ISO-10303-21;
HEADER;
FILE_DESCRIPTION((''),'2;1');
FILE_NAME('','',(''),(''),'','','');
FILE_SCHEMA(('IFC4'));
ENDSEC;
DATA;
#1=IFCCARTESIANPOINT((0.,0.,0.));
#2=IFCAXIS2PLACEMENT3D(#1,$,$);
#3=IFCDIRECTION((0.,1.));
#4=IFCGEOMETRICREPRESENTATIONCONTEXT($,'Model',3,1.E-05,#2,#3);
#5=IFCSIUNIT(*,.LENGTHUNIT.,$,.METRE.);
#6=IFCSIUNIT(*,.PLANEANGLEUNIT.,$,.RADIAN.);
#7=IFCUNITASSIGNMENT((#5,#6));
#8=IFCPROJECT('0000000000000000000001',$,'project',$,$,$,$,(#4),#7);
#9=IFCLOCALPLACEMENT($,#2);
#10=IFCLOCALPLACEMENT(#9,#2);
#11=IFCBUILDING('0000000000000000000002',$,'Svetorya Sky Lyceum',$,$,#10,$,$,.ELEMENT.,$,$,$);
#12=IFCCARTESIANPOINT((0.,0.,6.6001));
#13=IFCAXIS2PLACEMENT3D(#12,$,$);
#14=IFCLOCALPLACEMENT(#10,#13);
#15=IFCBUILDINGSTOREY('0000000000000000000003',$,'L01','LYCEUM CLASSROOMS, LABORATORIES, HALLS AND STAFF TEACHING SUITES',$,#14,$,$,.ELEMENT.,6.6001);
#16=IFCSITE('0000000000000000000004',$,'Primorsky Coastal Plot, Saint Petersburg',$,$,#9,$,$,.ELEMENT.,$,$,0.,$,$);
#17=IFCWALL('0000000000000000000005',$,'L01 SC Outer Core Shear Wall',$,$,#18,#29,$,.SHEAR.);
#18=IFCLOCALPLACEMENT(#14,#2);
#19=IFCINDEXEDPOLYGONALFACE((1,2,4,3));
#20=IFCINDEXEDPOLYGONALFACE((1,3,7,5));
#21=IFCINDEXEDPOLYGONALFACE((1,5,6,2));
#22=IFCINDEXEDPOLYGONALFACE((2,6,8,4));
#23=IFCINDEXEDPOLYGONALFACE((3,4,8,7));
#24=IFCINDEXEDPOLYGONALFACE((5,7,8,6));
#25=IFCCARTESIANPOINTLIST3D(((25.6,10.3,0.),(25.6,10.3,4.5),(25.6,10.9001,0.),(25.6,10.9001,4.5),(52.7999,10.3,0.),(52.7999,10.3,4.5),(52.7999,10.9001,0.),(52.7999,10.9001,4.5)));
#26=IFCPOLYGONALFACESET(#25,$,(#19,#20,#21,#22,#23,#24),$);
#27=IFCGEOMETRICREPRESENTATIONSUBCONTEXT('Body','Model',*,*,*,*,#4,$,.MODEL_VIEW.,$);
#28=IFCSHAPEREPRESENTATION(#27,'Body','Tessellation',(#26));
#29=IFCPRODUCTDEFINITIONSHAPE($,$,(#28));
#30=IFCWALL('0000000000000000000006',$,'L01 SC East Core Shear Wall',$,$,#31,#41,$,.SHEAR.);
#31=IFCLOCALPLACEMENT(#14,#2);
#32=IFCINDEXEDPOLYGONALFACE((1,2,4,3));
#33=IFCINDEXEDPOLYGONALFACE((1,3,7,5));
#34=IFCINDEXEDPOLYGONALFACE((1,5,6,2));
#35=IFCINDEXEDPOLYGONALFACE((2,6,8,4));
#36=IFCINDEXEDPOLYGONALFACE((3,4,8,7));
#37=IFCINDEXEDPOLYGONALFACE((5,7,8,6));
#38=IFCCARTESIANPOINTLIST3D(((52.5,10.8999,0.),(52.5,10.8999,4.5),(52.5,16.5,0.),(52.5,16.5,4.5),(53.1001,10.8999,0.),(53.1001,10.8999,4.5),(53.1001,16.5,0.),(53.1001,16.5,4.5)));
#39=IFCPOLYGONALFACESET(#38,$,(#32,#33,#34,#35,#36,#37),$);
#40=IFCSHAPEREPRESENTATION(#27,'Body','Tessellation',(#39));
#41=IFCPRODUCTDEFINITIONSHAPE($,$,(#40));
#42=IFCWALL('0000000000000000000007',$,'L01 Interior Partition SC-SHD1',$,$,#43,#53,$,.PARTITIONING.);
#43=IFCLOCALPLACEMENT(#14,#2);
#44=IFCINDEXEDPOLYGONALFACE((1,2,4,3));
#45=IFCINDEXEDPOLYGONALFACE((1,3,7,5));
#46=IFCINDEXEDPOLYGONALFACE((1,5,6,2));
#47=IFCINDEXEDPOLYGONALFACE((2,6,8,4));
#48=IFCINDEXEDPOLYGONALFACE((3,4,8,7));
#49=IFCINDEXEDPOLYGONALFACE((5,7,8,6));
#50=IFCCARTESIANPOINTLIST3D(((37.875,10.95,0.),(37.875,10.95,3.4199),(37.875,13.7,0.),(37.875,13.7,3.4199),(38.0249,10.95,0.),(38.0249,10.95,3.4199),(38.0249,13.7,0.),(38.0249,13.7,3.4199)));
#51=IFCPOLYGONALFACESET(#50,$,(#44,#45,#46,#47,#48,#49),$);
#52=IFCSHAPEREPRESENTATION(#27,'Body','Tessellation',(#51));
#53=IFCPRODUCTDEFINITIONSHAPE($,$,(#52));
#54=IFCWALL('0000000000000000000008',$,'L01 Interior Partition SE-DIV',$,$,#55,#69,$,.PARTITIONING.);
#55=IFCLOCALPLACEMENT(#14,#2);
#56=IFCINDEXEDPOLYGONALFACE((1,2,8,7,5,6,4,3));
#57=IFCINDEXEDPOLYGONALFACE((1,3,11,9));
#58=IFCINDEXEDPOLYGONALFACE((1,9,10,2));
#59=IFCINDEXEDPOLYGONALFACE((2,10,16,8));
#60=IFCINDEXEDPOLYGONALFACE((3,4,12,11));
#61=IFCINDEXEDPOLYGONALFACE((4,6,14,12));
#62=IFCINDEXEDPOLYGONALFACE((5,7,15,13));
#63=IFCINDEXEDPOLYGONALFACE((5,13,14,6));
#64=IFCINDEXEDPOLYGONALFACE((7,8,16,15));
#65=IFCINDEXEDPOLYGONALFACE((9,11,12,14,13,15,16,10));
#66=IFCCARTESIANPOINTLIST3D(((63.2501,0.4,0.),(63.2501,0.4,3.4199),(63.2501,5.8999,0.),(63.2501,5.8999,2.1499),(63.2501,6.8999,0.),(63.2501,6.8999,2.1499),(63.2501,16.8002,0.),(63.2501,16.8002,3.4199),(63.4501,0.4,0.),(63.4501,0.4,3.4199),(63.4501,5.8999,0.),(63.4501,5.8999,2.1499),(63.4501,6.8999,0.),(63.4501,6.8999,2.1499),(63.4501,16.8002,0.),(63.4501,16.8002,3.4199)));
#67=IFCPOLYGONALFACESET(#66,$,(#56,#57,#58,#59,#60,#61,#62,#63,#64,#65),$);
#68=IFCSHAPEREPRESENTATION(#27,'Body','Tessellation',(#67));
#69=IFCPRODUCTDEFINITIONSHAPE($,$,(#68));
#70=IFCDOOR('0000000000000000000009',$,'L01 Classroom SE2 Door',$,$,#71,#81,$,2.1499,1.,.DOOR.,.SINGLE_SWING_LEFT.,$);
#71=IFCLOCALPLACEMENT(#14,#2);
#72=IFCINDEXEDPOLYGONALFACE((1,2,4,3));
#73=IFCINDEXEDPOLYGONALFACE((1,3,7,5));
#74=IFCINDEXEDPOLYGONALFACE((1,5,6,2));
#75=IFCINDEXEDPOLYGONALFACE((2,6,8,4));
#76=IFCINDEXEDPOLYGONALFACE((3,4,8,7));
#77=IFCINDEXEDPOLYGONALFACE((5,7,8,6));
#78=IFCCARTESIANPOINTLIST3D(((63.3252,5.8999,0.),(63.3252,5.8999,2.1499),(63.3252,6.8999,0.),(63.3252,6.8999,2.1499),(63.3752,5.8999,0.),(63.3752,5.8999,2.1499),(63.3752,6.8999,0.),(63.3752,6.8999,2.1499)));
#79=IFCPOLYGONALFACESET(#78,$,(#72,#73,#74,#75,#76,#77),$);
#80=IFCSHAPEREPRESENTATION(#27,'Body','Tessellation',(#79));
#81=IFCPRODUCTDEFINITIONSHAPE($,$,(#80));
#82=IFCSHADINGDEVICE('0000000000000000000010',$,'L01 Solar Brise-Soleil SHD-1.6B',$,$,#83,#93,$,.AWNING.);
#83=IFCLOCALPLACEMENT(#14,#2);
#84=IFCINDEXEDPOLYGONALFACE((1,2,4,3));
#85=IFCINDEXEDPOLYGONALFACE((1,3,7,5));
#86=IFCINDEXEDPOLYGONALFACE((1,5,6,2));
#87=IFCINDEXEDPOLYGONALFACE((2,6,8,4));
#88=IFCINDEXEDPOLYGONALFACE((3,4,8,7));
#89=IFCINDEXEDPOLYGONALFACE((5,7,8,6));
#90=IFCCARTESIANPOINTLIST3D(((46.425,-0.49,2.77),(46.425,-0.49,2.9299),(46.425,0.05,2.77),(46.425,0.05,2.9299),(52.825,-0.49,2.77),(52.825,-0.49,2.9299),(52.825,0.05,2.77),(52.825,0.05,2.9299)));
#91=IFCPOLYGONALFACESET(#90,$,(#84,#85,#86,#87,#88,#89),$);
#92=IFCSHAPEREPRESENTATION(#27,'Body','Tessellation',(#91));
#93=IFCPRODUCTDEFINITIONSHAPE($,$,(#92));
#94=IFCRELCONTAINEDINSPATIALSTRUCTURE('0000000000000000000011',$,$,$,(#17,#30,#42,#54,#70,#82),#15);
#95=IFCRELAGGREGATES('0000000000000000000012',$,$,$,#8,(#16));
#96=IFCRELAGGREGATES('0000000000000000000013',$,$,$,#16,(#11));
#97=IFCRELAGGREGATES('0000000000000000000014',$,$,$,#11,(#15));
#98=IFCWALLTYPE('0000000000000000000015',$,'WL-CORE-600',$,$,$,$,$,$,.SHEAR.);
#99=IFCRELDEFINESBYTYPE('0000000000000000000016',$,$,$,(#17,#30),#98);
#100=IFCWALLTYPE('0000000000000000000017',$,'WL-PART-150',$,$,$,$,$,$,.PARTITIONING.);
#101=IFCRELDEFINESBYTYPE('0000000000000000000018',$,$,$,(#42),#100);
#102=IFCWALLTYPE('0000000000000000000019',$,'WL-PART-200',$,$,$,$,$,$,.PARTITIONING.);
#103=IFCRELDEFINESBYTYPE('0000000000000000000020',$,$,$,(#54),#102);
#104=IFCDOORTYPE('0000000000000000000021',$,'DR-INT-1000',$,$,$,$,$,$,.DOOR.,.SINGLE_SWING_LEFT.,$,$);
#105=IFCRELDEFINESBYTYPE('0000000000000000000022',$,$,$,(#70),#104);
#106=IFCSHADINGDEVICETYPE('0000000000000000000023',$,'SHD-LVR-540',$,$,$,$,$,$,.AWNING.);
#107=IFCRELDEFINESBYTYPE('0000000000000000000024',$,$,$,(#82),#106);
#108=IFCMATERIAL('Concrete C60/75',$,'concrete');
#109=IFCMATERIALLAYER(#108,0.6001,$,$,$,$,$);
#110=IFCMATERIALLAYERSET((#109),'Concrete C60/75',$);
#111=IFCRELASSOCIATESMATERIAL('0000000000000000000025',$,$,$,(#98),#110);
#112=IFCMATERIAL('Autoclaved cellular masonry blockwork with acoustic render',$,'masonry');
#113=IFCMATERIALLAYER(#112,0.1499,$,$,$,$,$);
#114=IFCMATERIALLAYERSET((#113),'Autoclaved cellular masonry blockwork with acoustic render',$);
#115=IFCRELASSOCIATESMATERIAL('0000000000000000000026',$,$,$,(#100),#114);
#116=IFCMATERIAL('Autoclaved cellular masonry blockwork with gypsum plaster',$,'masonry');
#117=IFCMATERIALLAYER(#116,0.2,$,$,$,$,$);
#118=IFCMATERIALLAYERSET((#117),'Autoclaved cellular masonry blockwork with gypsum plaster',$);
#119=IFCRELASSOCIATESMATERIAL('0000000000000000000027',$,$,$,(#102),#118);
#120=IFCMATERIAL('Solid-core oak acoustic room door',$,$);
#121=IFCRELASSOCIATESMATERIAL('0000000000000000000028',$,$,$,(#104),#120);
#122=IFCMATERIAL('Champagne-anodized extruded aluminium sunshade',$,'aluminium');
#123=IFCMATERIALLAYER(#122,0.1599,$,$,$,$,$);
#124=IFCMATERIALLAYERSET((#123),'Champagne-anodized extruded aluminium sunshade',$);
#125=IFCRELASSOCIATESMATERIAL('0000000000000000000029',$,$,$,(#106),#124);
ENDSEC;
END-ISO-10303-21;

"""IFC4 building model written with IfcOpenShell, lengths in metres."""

from ifc_helpers import new_model, si_unit, direction, frame, frame_2d, origin, origin_2d, place, context, subcontext, project, spatial, rectangle, extrude, material, layer, layer_set, type_object, element, fill, save


model = new_model("IFC4")

# Units and contexts
model_context = context("Model", 3, precision=1e-05, world=origin(), true_north=direction((0.0, 1.0)))
body_context = subcontext(model_context, "Body", "Model", "MODEL_VIEW")
ifc_project = project(units=[si_unit("LENGTHUNIT", "METRE"), si_unit("PLANEANGLEUNIT", "RADIAN")], contexts=[model_context])

# Site, building, storey
site_placement = place(None, origin())
site = spatial("IfcSite", under=ifc_project, at=site_placement, Name="Primorsky Coastal Plot, Saint Petersburg", CompositionType="ELEMENT", RefElevation=0.0)
building_placement = place(site_placement, origin())
building = spatial("IfcBuilding", under=site, at=building_placement, Name="Svetorya Sky Lyceum", CompositionType="ELEMENT")
storey_placement = place(building_placement, frame((0.0, 0.0, 6.6001)))
storey = spatial("IfcBuildingStorey", under=building, at=storey_placement, Name="L01", Description="LYCEUM CLASSROOMS, LABORATORIES, HALLS AND STAFF TEACHING SUITES", CompositionType="ELEMENT", Elevation=6.6001)

# Shared definitions
ifc_material_1 = material(Name="Concrete C60/75", Category="concrete")

# Walls
ifc_layer_1 = layer(ifc_material_1, 0.6001)
ifc_layer_set_1 = layer_set([ifc_layer_1], Name="Concrete C60/75")
wall_type_1 = type_object("IfcWallType", Name="WL-CORE-600", PredefinedType="SHEAR", material=ifc_layer_set_1)
wall_1_placement = place(storey_placement, frame((52.8, 10.6001, 0.0), z_axis=(0.0, 0.0, 1.0), x_axis=(-1.0, 0.0, 0.0)))
element("IfcWall", 1, at=wall_1_placement, inside=storey, type_object=wall_type_1, Name="L01 SC Outer Core Shear Wall", PredefinedType="SHEAR", context=body_context, shape_type="SweptSolid", body=[
    extrude(rectangle(XDim=27.2, YDim=0.6001, at=frame_2d((13.6001, 0.0))), origin(), (0.0, 0.0, 1.0), 4.5),
])
wall_2_placement = place(storey_placement, frame((52.8, 10.8999, 0.0), z_axis=(0.0, 0.0, 1.0), x_axis=(0.0, 1.0, 0.0)))
element("IfcWall", 2, at=wall_2_placement, inside=storey, type_object=wall_type_1, Name="L01 SC East Core Shear Wall", PredefinedType="SHEAR", context=body_context, shape_type="SweptSolid", body=[
    extrude(rectangle(XDim=5.6001, YDim=0.6001, at=frame_2d((2.8, 0.0))), origin(), (0.0, 0.0, 1.0), 4.5),
])
ifc_material_2 = material(Name="Autoclaved cellular masonry blockwork with acoustic render", Category="masonry")
ifc_layer_2 = layer(ifc_material_2, 0.1499)
ifc_layer_set_2 = layer_set([ifc_layer_2], Name="Autoclaved cellular masonry blockwork with acoustic render")
wall_type_2 = type_object("IfcWallType", Name="WL-PART-150", PredefinedType="PARTITIONING", material=ifc_layer_set_2)
wall_3_placement = place(storey_placement, frame((37.95, 10.95, 0.0), z_axis=(0.0, 0.0, 1.0), x_axis=(0.0, 1.0, 0.0)))
element("IfcWall", 3, at=wall_3_placement, inside=storey, type_object=wall_type_2, Name="L01 Interior Partition SC-SHD1", PredefinedType="PARTITIONING", context=body_context, shape_type="SweptSolid", body=[
    extrude(rectangle(XDim=2.75, YDim=0.1499, at=frame_2d((1.375, 0.0))), origin(), (0.0, 0.0, 1.0), 3.4199),
])

# Wall, opening, door
ifc_material_3 = material(Name="Autoclaved cellular masonry blockwork with gypsum plaster", Category="masonry")
ifc_layer_3 = layer(ifc_material_3, 0.2)
ifc_layer_set_3 = layer_set([ifc_layer_3], Name="Autoclaved cellular masonry blockwork with gypsum plaster")
wall_type_3 = type_object("IfcWallType", Name="WL-PART-200", PredefinedType="PARTITIONING", material=ifc_layer_set_3)
wall_4_placement = place(storey_placement, frame((63.3501, 0.3999, 0.0), z_axis=(0.0, 0.0, 1.0), x_axis=(0.0, 1.0, 0.0)))
wall_4 = element("IfcWall", 4, at=wall_4_placement, inside=storey, type_object=wall_type_3, Name="L01 Interior Partition SE-DIV", PredefinedType="PARTITIONING", context=body_context, shape_type="SweptSolid", body=[
    extrude(rectangle(XDim=16.4001, YDim=0.2, at=frame_2d((8.2002, 0.0))), origin(), (0.0, 0.0, 1.0), 3.4199),
])
opening_placement = place(wall_4_placement, frame((5.5, 0.0, 0.0)))
opening = element("IfcOpeningElement", 5, at=opening_placement, cuts=wall_4, PredefinedType="OPENING", context=body_context, shape_type="SweptSolid", body=[
    extrude(rectangle(XDim=1.0, YDim=2.1499, at=frame_2d((0.5, 1.075))), frame((0.0, 0.1099, 0.0), z_axis=(0.0, -1.0, 0.0), x_axis=(1.0, 0.0, 0.0)), (0.0, 0.0, 1.0), 0.22),
])
ifc_material_4 = material(Name="Solid-core oak acoustic room door")
door_type = type_object("IfcDoorType", Name="DR-INT-1000", OperationType="SINGLE_SWING_LEFT", PredefinedType="DOOR", material=ifc_material_4)
door_placement = place(opening_placement, origin())
door = element("IfcDoor", 6, at=door_placement, inside=storey, type_object=door_type, Name="L01 Classroom SE2 Door", OperationType="SINGLE_SWING_LEFT", OverallHeight=2.1499, OverallWidth=1.0, PredefinedType="DOOR", context=body_context, shape_type="SweptSolid", body=[
    extrude(rectangle(XDim=1.0, YDim=2.1499, at=frame_2d((0.5, 1.075))), frame((0.0, 0.0249, 0.0), z_axis=(0.0, -1.0, 0.0), x_axis=(1.0, 0.0, 0.0)), (0.0, 0.0, 1.0), 0.05),
])
fill(opening, door)

# Shading device
ifc_material_5 = material(Name="Champagne-anodized extruded aluminium sunshade", Category="aluminium")
ifc_layer_4 = layer(ifc_material_5, 0.1599)
ifc_layer_set_4 = layer_set([ifc_layer_4], Name="Champagne-anodized extruded aluminium sunshade")
shading_device_type = type_object("IfcShadingDeviceType", Name="SHD-LVR-540", PredefinedType="AWNING", material=ifc_layer_set_4)
shading_device_placement = place(storey_placement, frame((49.625, -0.22, 2.77), z_axis=(0.0, 0.0, 1.0), x_axis=(1.0, 0.0, 0.0)))
element("IfcShadingDevice", 7, at=shading_device_placement, inside=storey, type_object=shading_device_type, Name="L01 Solar Brise-Soleil SHD-1.6B", PredefinedType="AWNING", context=body_context, shape_type="SweptSolid", body=[
    extrude(rectangle(XDim=6.3999, YDim=0.54, at=origin_2d()), origin(), (0.0, 0.0, 1.0), 0.1599),
])

save(model, "model.ifc")
